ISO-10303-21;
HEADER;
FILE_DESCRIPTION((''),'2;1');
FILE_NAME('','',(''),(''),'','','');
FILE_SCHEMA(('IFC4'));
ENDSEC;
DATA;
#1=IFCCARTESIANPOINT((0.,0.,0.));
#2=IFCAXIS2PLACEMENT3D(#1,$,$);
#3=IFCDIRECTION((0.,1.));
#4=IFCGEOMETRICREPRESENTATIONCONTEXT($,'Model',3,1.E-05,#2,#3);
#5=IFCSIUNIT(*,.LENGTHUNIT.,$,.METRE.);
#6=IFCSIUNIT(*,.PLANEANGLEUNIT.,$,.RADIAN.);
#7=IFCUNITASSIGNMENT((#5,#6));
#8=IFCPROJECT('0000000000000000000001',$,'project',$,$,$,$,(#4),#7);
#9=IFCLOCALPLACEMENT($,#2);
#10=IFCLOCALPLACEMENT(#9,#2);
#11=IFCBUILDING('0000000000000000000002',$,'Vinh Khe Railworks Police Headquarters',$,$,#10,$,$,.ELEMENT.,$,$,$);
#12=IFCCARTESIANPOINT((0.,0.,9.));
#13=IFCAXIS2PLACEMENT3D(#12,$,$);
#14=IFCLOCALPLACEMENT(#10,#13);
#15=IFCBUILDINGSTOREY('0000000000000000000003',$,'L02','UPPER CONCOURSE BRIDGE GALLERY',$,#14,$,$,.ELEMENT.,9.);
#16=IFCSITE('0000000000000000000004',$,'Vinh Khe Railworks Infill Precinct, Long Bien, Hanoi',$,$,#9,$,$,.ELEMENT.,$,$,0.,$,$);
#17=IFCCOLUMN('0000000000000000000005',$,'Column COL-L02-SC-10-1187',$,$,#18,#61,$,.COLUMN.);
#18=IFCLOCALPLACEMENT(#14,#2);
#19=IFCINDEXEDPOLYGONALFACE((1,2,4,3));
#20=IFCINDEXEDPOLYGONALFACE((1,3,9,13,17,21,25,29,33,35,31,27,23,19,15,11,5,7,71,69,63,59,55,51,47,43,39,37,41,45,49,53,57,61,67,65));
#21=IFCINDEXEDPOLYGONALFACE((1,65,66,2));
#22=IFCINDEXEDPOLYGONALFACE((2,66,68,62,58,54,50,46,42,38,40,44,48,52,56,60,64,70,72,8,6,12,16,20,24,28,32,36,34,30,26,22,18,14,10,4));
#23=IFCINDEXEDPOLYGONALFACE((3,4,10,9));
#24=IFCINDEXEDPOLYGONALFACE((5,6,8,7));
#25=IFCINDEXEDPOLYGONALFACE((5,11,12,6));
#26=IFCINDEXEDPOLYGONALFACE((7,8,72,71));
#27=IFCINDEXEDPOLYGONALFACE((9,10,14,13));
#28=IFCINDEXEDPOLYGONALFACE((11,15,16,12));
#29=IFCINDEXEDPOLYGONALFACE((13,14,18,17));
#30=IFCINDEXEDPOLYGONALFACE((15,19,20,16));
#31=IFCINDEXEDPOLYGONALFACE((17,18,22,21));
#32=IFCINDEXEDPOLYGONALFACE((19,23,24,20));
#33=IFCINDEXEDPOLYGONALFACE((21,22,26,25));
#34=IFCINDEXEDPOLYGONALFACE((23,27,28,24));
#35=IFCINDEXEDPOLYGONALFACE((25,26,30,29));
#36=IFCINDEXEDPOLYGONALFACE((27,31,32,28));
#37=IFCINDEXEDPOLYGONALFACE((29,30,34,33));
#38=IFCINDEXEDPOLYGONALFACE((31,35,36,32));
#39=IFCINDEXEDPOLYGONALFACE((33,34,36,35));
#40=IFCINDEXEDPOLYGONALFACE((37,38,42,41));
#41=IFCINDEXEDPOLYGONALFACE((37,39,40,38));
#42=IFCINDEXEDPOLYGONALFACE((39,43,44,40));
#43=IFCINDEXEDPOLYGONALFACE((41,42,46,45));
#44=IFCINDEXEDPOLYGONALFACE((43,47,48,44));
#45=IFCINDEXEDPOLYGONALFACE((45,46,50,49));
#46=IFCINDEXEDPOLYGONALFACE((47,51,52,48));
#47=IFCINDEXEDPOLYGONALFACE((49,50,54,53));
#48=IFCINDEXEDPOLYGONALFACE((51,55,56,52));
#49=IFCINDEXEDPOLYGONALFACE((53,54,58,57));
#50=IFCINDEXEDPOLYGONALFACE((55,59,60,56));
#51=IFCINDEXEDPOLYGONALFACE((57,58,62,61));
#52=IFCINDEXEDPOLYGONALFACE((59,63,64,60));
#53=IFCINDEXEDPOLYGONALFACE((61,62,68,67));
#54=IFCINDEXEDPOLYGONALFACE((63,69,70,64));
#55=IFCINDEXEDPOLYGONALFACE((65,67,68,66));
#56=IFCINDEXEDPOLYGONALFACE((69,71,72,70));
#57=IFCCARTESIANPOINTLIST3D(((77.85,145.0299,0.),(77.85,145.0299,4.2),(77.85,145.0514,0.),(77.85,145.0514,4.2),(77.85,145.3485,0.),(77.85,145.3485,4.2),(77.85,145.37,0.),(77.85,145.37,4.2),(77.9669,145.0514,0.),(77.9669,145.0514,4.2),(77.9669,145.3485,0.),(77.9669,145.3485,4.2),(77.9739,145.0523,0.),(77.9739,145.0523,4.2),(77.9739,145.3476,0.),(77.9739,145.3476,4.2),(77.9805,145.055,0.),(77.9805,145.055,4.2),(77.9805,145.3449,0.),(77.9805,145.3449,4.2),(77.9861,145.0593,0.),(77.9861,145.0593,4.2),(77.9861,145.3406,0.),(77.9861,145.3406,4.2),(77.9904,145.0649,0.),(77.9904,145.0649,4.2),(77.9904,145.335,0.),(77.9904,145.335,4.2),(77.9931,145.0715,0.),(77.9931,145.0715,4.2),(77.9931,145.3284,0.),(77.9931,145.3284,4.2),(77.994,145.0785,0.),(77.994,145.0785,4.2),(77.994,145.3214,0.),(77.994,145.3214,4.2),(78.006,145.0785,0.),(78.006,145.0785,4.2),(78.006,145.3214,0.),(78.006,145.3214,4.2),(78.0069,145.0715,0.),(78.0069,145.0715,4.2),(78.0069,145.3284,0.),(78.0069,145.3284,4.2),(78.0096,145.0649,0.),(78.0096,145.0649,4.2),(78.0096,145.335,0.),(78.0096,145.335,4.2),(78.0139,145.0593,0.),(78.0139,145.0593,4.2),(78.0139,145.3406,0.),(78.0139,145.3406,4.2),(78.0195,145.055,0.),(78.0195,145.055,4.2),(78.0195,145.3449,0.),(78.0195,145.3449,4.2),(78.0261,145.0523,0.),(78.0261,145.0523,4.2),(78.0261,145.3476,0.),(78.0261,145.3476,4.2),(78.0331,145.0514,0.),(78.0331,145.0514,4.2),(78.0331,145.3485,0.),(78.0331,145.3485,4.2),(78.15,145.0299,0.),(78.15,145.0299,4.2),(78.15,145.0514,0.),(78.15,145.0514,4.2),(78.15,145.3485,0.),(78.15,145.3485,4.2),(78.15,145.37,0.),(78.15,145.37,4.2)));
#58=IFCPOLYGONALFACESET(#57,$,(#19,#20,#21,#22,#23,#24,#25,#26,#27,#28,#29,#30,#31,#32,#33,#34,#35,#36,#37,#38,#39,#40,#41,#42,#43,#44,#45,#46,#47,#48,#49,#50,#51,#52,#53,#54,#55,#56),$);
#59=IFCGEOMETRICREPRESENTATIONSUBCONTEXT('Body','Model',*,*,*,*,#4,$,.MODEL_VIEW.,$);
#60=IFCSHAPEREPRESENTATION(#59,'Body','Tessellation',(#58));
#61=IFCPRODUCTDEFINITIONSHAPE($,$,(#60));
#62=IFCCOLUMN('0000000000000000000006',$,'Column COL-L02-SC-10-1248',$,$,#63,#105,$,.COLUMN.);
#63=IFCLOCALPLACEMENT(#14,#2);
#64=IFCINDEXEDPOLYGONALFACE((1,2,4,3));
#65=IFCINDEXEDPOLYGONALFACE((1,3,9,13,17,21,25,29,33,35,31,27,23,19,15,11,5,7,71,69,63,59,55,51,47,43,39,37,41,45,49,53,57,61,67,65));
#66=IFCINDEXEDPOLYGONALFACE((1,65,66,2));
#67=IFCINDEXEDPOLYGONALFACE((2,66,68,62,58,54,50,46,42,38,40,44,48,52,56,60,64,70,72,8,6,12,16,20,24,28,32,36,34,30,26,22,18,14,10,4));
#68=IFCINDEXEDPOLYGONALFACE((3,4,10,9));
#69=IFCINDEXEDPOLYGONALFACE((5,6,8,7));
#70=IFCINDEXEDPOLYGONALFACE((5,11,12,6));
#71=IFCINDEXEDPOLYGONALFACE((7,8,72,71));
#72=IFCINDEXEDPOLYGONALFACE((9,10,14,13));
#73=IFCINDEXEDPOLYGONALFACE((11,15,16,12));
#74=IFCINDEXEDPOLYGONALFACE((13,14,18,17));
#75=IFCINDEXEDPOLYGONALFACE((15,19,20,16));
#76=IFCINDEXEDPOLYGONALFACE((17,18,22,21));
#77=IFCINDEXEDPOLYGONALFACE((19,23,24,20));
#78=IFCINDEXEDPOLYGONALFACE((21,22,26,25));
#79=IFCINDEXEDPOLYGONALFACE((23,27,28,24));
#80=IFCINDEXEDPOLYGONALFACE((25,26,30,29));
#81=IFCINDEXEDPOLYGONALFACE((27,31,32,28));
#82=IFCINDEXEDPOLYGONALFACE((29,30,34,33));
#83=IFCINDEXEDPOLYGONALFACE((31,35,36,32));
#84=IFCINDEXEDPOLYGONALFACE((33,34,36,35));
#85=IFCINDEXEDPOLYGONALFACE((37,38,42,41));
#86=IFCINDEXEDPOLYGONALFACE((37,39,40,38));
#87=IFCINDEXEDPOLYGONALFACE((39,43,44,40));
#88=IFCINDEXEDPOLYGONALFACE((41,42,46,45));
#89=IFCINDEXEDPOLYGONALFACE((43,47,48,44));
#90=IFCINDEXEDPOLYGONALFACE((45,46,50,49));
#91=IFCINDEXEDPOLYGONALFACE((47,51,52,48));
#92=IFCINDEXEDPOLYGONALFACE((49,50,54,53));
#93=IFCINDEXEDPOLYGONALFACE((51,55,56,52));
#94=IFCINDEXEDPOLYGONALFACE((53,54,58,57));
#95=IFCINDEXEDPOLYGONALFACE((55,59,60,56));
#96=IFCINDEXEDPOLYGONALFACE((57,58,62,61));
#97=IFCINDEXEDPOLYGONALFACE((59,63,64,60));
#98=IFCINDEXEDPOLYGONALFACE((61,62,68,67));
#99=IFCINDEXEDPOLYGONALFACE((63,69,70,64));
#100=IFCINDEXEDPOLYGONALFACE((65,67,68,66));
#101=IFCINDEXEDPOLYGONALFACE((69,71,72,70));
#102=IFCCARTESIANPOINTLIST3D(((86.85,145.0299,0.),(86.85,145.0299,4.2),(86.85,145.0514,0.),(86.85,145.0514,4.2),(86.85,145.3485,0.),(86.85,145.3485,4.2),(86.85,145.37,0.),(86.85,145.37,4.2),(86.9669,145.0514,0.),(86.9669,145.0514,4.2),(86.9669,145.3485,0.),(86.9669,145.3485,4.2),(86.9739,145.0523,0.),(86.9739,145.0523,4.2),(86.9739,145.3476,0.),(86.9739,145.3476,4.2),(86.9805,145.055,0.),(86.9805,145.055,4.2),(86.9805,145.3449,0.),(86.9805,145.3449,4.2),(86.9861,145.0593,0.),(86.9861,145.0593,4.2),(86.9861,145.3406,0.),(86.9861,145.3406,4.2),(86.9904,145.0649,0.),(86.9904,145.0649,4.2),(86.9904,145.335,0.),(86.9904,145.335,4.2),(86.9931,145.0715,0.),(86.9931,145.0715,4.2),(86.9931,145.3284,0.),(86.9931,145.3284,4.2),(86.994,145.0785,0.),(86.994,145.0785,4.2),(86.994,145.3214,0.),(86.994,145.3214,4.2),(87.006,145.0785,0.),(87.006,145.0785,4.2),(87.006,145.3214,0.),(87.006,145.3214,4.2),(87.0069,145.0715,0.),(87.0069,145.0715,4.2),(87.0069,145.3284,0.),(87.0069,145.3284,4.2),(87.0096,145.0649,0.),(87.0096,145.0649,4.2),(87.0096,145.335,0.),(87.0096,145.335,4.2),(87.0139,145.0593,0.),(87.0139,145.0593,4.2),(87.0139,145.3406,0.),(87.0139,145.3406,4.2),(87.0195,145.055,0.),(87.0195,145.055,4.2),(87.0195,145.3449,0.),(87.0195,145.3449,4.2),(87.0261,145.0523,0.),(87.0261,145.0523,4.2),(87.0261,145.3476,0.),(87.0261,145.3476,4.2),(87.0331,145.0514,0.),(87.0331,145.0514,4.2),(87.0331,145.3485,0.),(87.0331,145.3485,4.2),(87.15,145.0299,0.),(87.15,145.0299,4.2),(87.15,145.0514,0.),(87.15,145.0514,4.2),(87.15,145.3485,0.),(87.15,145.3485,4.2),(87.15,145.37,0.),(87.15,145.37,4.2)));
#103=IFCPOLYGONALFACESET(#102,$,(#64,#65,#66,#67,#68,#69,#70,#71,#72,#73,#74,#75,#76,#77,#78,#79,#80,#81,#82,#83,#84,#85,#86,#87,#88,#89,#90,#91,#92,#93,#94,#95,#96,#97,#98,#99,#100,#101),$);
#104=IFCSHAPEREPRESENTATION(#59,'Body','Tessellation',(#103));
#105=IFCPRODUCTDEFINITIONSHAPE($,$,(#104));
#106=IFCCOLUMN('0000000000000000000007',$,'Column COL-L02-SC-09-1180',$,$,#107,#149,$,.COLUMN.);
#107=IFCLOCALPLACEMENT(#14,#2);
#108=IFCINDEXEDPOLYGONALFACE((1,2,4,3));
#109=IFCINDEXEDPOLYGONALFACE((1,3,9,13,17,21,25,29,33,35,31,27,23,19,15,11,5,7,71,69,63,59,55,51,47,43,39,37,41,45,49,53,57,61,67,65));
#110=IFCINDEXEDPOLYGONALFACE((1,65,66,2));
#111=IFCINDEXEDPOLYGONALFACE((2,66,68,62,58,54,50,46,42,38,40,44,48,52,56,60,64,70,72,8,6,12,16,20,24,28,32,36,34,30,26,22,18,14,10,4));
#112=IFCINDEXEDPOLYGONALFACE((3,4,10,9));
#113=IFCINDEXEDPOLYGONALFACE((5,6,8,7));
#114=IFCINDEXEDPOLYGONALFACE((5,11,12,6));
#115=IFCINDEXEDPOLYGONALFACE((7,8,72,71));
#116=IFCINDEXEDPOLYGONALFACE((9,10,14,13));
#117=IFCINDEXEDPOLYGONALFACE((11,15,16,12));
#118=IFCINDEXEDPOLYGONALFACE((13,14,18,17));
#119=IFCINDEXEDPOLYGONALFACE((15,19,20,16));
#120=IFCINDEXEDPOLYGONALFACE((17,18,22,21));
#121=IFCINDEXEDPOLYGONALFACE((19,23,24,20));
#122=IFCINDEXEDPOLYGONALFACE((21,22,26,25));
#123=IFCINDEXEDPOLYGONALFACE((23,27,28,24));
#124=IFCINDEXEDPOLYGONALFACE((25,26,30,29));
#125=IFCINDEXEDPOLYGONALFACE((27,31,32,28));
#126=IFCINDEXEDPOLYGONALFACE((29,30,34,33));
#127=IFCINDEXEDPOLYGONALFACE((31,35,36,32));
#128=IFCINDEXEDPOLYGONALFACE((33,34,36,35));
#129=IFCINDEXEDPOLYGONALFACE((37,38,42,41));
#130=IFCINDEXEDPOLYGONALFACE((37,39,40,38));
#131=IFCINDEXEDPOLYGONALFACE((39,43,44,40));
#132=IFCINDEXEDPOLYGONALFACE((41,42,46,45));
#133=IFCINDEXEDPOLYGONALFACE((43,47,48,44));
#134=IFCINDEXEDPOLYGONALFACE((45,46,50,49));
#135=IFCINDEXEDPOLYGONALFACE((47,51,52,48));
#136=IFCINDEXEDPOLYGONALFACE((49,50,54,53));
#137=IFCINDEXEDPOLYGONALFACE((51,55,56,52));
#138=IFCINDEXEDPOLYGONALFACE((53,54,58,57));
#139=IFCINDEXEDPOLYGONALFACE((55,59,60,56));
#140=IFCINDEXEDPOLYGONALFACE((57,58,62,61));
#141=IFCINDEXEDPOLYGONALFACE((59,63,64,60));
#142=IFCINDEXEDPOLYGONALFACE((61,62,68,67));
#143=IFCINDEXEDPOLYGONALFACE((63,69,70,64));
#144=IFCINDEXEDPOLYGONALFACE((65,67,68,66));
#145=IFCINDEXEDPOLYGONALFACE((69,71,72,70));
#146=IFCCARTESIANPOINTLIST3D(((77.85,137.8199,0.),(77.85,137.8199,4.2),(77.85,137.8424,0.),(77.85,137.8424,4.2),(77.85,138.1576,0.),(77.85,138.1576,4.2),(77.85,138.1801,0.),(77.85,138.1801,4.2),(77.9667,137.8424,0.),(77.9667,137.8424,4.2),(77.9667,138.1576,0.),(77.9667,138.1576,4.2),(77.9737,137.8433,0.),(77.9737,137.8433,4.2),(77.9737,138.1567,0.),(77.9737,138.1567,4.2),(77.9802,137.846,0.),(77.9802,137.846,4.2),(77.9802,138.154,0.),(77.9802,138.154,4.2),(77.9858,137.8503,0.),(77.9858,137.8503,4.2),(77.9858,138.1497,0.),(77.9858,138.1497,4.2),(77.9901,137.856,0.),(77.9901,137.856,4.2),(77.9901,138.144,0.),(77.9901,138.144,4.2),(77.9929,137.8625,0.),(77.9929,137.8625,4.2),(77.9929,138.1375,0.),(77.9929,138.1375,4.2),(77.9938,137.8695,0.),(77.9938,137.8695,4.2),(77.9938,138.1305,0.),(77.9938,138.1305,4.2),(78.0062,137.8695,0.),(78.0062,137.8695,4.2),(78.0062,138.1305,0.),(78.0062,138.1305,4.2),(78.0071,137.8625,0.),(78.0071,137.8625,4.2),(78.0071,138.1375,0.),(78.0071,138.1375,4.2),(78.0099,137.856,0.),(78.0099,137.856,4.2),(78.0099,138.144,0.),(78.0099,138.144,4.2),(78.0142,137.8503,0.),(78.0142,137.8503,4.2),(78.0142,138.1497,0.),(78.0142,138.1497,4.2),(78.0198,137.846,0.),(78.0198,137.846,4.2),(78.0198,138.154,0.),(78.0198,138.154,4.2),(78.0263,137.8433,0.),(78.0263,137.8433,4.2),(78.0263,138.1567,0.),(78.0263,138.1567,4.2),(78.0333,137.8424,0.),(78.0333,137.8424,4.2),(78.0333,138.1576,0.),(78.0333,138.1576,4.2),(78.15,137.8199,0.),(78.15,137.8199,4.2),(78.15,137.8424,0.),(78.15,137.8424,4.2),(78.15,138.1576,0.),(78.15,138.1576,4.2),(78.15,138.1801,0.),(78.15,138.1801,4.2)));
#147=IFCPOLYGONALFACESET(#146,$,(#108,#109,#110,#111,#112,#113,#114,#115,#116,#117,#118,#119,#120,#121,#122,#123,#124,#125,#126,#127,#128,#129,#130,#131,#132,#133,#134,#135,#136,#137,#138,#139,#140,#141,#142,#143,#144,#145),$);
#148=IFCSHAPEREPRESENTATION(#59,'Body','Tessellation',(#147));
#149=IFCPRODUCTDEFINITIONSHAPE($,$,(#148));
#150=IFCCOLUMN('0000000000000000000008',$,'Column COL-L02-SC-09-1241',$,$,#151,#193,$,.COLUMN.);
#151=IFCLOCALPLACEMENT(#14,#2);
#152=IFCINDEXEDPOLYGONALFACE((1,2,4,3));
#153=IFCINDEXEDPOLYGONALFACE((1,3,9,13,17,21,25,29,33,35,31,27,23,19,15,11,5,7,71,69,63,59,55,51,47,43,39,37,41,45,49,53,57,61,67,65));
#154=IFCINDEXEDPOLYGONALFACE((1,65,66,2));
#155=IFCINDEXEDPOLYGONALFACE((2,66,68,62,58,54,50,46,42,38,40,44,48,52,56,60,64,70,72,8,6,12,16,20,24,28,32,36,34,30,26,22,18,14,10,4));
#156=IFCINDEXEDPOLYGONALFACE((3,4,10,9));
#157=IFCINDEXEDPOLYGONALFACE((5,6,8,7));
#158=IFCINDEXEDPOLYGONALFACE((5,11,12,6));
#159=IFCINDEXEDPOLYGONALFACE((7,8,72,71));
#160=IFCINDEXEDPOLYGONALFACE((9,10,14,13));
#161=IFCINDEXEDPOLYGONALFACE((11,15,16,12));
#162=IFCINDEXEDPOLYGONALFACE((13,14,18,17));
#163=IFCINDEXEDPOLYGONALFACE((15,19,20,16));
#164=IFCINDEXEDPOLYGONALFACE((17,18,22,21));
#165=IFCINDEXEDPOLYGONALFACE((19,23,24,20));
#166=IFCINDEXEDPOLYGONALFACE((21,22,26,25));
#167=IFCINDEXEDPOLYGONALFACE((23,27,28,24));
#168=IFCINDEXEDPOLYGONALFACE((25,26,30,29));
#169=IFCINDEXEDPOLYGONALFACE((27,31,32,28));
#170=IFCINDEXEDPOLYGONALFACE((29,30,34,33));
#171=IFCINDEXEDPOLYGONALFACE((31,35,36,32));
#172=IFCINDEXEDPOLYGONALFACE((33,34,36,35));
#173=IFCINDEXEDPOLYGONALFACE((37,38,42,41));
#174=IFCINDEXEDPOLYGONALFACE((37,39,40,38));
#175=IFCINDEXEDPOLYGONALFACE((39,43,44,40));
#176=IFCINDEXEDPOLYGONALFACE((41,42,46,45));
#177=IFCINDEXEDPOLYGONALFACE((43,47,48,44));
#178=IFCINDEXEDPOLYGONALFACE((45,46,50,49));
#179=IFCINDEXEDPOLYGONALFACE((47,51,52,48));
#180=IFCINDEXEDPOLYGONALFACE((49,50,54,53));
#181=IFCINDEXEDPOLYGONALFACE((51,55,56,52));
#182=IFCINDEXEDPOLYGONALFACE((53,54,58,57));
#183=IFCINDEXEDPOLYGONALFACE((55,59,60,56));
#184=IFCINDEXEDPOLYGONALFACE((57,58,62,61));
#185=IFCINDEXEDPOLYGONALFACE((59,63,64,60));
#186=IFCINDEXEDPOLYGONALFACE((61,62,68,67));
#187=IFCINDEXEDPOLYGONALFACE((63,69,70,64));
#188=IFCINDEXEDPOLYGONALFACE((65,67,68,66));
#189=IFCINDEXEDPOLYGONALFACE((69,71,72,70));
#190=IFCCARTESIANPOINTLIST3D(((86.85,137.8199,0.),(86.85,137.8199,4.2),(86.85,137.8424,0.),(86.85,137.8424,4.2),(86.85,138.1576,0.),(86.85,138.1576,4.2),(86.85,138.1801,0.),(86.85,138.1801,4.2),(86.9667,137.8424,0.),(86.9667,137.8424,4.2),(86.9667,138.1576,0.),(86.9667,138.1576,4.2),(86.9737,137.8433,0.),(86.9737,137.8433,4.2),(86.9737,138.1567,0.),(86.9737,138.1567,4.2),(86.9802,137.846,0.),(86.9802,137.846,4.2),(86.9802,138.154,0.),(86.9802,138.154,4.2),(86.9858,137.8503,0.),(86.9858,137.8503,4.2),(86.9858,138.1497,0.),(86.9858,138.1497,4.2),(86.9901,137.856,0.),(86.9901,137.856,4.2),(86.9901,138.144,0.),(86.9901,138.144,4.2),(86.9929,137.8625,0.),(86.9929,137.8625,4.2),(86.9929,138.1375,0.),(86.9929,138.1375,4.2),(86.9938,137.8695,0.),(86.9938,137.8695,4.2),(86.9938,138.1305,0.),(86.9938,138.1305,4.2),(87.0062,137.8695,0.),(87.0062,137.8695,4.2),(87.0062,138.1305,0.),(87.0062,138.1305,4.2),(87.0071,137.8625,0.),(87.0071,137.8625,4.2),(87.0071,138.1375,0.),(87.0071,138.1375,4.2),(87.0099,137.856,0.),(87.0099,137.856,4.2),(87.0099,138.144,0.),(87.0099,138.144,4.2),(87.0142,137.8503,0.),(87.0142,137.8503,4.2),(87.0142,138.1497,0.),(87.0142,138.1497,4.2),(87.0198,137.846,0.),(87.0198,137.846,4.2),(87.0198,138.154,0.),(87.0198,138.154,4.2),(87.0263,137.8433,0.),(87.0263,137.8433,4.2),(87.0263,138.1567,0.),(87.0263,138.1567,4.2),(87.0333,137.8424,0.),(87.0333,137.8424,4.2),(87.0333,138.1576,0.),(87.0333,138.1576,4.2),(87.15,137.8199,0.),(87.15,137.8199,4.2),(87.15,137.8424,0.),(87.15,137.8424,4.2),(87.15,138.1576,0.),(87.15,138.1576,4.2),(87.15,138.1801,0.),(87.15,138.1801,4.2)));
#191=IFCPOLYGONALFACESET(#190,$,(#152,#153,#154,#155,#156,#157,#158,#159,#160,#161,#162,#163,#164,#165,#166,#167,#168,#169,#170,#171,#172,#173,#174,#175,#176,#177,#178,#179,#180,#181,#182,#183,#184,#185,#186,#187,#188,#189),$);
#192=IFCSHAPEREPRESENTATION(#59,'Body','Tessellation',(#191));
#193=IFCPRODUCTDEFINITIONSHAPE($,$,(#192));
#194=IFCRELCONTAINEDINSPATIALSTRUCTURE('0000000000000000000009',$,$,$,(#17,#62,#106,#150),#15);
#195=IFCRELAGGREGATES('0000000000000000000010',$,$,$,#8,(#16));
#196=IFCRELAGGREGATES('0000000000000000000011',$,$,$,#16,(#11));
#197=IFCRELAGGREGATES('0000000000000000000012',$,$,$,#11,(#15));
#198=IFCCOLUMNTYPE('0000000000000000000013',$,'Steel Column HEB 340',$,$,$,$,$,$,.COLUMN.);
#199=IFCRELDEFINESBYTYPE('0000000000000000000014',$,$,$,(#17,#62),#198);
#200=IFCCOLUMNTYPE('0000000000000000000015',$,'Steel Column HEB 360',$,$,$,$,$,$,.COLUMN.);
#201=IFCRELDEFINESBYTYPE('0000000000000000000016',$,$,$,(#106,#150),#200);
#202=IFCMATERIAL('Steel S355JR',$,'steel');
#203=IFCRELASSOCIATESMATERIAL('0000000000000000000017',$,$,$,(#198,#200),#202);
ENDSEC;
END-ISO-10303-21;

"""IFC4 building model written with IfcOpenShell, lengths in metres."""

from ifc_helpers import new_model, si_unit, direction, frame, origin, origin_2d, place, context, subcontext, project, spatial, i_section, extrude, material, material_profile, profile_set, type_object, element, save


model = new_model("IFC4")

# Units and contexts
model_context = context("Model", 3, precision=1e-05, world=origin(), true_north=direction((0.0, 1.0)))
body_context = subcontext(model_context, "Body", "Model", "MODEL_VIEW")
ifc_project = project(units=[si_unit("LENGTHUNIT", "METRE"), si_unit("PLANEANGLEUNIT", "RADIAN")], contexts=[model_context])

# Site, building, storey
site_placement = place(None, origin())
site = spatial("IfcSite", under=ifc_project, at=site_placement, Name="Vinh Khe Railworks Infill Precinct, Long Bien, Hanoi", CompositionType="ELEMENT", RefElevation=0.0)
building_placement = place(site_placement, origin())
building = spatial("IfcBuilding", under=site, at=building_placement, Name="Vinh Khe Railworks Police Headquarters", CompositionType="ELEMENT")
storey_placement = place(building_placement, frame((0.0, 0.0, 9.0)))
storey = spatial("IfcBuildingStorey", under=building, at=storey_placement, Name="L02", Description="UPPER CONCOURSE BRIDGE GALLERY", CompositionType="ELEMENT", Elevation=9.0)

# Columns
ifc_material_1 = material(Name="Steel S355JR", Category="steel")
ifc_material_profile_1 = material_profile(ifc_material_1, i_section(OverallWidth=0.3, OverallDepth=0.3401, WebThickness=0.012, FlangeThickness=0.0215, FilletRadius=0.0271, at=origin_2d()), Name="HEB 340")
ifc_profile_set_1 = profile_set([ifc_material_profile_1], Name="Steel S355JR")
column_type_1 = type_object("IfcColumnType", Name="Steel Column HEB 340", PredefinedType="COLUMN", material=ifc_profile_set_1)
for number, where, z_axis, x_axis, name in (
    (1, (78.0, 145.2, 0.0), (0.0, 0.0, 1.0), (1.0, 0.0, 0.0), "Column COL-L02-SC-10-1187"),
    (2, (87.0, 145.2, 0.0), (0.0, 0.0, 1.0), (1.0, 0.0, 0.0), "Column COL-L02-SC-10-1248"),
):
    element("IfcColumn", number, at=place(storey_placement, frame(where, z_axis=z_axis, x_axis=x_axis)), inside=storey, type_object=column_type_1, Name=name, PredefinedType="COLUMN", context=body_context, shape_type="SweptSolid", body=[
        extrude(i_section(OverallWidth=0.3, OverallDepth=0.3401, WebThickness=0.012, FlangeThickness=0.0215, FilletRadius=0.0271, at=origin_2d()), origin(), (0.0, 0.0, 1.0), 4.2),
    ])
ifc_material_profile_2 = material_profile(ifc_material_1, i_section(OverallWidth=0.3, OverallDepth=0.3601, WebThickness=0.0125, FlangeThickness=0.0225, FilletRadius=0.0271, at=origin_2d()), Name="HEB 360")
ifc_profile_set_2 = profile_set([ifc_material_profile_2], Name="Steel S355JR")
column_type_2 = type_object("IfcColumnType", Name="Steel Column HEB 360", PredefinedType="COLUMN", material=ifc_profile_set_2)
for number, where, z_axis, x_axis, name in (
    (3, (78.0, 138.0, 0.0), (0.0, 0.0, 1.0), (1.0, 0.0, 0.0), "Column COL-L02-SC-09-1180"),
    (4, (87.0, 138.0, 0.0), (0.0, 0.0, 1.0), (1.0, 0.0, 0.0), "Column COL-L02-SC-09-1241"),
):
    element("IfcColumn", number, at=place(storey_placement, frame(where, z_axis=z_axis, x_axis=x_axis)), inside=storey, type_object=column_type_2, Name=name, PredefinedType="COLUMN", context=body_context, shape_type="SweptSolid", body=[
        extrude(i_section(OverallWidth=0.3, OverallDepth=0.3601, WebThickness=0.0125, FlangeThickness=0.0225, FilletRadius=0.0271, at=origin_2d()), origin(), (0.0, 0.0, 1.0), 4.2),
    ])

save(model, "model.ifc")
